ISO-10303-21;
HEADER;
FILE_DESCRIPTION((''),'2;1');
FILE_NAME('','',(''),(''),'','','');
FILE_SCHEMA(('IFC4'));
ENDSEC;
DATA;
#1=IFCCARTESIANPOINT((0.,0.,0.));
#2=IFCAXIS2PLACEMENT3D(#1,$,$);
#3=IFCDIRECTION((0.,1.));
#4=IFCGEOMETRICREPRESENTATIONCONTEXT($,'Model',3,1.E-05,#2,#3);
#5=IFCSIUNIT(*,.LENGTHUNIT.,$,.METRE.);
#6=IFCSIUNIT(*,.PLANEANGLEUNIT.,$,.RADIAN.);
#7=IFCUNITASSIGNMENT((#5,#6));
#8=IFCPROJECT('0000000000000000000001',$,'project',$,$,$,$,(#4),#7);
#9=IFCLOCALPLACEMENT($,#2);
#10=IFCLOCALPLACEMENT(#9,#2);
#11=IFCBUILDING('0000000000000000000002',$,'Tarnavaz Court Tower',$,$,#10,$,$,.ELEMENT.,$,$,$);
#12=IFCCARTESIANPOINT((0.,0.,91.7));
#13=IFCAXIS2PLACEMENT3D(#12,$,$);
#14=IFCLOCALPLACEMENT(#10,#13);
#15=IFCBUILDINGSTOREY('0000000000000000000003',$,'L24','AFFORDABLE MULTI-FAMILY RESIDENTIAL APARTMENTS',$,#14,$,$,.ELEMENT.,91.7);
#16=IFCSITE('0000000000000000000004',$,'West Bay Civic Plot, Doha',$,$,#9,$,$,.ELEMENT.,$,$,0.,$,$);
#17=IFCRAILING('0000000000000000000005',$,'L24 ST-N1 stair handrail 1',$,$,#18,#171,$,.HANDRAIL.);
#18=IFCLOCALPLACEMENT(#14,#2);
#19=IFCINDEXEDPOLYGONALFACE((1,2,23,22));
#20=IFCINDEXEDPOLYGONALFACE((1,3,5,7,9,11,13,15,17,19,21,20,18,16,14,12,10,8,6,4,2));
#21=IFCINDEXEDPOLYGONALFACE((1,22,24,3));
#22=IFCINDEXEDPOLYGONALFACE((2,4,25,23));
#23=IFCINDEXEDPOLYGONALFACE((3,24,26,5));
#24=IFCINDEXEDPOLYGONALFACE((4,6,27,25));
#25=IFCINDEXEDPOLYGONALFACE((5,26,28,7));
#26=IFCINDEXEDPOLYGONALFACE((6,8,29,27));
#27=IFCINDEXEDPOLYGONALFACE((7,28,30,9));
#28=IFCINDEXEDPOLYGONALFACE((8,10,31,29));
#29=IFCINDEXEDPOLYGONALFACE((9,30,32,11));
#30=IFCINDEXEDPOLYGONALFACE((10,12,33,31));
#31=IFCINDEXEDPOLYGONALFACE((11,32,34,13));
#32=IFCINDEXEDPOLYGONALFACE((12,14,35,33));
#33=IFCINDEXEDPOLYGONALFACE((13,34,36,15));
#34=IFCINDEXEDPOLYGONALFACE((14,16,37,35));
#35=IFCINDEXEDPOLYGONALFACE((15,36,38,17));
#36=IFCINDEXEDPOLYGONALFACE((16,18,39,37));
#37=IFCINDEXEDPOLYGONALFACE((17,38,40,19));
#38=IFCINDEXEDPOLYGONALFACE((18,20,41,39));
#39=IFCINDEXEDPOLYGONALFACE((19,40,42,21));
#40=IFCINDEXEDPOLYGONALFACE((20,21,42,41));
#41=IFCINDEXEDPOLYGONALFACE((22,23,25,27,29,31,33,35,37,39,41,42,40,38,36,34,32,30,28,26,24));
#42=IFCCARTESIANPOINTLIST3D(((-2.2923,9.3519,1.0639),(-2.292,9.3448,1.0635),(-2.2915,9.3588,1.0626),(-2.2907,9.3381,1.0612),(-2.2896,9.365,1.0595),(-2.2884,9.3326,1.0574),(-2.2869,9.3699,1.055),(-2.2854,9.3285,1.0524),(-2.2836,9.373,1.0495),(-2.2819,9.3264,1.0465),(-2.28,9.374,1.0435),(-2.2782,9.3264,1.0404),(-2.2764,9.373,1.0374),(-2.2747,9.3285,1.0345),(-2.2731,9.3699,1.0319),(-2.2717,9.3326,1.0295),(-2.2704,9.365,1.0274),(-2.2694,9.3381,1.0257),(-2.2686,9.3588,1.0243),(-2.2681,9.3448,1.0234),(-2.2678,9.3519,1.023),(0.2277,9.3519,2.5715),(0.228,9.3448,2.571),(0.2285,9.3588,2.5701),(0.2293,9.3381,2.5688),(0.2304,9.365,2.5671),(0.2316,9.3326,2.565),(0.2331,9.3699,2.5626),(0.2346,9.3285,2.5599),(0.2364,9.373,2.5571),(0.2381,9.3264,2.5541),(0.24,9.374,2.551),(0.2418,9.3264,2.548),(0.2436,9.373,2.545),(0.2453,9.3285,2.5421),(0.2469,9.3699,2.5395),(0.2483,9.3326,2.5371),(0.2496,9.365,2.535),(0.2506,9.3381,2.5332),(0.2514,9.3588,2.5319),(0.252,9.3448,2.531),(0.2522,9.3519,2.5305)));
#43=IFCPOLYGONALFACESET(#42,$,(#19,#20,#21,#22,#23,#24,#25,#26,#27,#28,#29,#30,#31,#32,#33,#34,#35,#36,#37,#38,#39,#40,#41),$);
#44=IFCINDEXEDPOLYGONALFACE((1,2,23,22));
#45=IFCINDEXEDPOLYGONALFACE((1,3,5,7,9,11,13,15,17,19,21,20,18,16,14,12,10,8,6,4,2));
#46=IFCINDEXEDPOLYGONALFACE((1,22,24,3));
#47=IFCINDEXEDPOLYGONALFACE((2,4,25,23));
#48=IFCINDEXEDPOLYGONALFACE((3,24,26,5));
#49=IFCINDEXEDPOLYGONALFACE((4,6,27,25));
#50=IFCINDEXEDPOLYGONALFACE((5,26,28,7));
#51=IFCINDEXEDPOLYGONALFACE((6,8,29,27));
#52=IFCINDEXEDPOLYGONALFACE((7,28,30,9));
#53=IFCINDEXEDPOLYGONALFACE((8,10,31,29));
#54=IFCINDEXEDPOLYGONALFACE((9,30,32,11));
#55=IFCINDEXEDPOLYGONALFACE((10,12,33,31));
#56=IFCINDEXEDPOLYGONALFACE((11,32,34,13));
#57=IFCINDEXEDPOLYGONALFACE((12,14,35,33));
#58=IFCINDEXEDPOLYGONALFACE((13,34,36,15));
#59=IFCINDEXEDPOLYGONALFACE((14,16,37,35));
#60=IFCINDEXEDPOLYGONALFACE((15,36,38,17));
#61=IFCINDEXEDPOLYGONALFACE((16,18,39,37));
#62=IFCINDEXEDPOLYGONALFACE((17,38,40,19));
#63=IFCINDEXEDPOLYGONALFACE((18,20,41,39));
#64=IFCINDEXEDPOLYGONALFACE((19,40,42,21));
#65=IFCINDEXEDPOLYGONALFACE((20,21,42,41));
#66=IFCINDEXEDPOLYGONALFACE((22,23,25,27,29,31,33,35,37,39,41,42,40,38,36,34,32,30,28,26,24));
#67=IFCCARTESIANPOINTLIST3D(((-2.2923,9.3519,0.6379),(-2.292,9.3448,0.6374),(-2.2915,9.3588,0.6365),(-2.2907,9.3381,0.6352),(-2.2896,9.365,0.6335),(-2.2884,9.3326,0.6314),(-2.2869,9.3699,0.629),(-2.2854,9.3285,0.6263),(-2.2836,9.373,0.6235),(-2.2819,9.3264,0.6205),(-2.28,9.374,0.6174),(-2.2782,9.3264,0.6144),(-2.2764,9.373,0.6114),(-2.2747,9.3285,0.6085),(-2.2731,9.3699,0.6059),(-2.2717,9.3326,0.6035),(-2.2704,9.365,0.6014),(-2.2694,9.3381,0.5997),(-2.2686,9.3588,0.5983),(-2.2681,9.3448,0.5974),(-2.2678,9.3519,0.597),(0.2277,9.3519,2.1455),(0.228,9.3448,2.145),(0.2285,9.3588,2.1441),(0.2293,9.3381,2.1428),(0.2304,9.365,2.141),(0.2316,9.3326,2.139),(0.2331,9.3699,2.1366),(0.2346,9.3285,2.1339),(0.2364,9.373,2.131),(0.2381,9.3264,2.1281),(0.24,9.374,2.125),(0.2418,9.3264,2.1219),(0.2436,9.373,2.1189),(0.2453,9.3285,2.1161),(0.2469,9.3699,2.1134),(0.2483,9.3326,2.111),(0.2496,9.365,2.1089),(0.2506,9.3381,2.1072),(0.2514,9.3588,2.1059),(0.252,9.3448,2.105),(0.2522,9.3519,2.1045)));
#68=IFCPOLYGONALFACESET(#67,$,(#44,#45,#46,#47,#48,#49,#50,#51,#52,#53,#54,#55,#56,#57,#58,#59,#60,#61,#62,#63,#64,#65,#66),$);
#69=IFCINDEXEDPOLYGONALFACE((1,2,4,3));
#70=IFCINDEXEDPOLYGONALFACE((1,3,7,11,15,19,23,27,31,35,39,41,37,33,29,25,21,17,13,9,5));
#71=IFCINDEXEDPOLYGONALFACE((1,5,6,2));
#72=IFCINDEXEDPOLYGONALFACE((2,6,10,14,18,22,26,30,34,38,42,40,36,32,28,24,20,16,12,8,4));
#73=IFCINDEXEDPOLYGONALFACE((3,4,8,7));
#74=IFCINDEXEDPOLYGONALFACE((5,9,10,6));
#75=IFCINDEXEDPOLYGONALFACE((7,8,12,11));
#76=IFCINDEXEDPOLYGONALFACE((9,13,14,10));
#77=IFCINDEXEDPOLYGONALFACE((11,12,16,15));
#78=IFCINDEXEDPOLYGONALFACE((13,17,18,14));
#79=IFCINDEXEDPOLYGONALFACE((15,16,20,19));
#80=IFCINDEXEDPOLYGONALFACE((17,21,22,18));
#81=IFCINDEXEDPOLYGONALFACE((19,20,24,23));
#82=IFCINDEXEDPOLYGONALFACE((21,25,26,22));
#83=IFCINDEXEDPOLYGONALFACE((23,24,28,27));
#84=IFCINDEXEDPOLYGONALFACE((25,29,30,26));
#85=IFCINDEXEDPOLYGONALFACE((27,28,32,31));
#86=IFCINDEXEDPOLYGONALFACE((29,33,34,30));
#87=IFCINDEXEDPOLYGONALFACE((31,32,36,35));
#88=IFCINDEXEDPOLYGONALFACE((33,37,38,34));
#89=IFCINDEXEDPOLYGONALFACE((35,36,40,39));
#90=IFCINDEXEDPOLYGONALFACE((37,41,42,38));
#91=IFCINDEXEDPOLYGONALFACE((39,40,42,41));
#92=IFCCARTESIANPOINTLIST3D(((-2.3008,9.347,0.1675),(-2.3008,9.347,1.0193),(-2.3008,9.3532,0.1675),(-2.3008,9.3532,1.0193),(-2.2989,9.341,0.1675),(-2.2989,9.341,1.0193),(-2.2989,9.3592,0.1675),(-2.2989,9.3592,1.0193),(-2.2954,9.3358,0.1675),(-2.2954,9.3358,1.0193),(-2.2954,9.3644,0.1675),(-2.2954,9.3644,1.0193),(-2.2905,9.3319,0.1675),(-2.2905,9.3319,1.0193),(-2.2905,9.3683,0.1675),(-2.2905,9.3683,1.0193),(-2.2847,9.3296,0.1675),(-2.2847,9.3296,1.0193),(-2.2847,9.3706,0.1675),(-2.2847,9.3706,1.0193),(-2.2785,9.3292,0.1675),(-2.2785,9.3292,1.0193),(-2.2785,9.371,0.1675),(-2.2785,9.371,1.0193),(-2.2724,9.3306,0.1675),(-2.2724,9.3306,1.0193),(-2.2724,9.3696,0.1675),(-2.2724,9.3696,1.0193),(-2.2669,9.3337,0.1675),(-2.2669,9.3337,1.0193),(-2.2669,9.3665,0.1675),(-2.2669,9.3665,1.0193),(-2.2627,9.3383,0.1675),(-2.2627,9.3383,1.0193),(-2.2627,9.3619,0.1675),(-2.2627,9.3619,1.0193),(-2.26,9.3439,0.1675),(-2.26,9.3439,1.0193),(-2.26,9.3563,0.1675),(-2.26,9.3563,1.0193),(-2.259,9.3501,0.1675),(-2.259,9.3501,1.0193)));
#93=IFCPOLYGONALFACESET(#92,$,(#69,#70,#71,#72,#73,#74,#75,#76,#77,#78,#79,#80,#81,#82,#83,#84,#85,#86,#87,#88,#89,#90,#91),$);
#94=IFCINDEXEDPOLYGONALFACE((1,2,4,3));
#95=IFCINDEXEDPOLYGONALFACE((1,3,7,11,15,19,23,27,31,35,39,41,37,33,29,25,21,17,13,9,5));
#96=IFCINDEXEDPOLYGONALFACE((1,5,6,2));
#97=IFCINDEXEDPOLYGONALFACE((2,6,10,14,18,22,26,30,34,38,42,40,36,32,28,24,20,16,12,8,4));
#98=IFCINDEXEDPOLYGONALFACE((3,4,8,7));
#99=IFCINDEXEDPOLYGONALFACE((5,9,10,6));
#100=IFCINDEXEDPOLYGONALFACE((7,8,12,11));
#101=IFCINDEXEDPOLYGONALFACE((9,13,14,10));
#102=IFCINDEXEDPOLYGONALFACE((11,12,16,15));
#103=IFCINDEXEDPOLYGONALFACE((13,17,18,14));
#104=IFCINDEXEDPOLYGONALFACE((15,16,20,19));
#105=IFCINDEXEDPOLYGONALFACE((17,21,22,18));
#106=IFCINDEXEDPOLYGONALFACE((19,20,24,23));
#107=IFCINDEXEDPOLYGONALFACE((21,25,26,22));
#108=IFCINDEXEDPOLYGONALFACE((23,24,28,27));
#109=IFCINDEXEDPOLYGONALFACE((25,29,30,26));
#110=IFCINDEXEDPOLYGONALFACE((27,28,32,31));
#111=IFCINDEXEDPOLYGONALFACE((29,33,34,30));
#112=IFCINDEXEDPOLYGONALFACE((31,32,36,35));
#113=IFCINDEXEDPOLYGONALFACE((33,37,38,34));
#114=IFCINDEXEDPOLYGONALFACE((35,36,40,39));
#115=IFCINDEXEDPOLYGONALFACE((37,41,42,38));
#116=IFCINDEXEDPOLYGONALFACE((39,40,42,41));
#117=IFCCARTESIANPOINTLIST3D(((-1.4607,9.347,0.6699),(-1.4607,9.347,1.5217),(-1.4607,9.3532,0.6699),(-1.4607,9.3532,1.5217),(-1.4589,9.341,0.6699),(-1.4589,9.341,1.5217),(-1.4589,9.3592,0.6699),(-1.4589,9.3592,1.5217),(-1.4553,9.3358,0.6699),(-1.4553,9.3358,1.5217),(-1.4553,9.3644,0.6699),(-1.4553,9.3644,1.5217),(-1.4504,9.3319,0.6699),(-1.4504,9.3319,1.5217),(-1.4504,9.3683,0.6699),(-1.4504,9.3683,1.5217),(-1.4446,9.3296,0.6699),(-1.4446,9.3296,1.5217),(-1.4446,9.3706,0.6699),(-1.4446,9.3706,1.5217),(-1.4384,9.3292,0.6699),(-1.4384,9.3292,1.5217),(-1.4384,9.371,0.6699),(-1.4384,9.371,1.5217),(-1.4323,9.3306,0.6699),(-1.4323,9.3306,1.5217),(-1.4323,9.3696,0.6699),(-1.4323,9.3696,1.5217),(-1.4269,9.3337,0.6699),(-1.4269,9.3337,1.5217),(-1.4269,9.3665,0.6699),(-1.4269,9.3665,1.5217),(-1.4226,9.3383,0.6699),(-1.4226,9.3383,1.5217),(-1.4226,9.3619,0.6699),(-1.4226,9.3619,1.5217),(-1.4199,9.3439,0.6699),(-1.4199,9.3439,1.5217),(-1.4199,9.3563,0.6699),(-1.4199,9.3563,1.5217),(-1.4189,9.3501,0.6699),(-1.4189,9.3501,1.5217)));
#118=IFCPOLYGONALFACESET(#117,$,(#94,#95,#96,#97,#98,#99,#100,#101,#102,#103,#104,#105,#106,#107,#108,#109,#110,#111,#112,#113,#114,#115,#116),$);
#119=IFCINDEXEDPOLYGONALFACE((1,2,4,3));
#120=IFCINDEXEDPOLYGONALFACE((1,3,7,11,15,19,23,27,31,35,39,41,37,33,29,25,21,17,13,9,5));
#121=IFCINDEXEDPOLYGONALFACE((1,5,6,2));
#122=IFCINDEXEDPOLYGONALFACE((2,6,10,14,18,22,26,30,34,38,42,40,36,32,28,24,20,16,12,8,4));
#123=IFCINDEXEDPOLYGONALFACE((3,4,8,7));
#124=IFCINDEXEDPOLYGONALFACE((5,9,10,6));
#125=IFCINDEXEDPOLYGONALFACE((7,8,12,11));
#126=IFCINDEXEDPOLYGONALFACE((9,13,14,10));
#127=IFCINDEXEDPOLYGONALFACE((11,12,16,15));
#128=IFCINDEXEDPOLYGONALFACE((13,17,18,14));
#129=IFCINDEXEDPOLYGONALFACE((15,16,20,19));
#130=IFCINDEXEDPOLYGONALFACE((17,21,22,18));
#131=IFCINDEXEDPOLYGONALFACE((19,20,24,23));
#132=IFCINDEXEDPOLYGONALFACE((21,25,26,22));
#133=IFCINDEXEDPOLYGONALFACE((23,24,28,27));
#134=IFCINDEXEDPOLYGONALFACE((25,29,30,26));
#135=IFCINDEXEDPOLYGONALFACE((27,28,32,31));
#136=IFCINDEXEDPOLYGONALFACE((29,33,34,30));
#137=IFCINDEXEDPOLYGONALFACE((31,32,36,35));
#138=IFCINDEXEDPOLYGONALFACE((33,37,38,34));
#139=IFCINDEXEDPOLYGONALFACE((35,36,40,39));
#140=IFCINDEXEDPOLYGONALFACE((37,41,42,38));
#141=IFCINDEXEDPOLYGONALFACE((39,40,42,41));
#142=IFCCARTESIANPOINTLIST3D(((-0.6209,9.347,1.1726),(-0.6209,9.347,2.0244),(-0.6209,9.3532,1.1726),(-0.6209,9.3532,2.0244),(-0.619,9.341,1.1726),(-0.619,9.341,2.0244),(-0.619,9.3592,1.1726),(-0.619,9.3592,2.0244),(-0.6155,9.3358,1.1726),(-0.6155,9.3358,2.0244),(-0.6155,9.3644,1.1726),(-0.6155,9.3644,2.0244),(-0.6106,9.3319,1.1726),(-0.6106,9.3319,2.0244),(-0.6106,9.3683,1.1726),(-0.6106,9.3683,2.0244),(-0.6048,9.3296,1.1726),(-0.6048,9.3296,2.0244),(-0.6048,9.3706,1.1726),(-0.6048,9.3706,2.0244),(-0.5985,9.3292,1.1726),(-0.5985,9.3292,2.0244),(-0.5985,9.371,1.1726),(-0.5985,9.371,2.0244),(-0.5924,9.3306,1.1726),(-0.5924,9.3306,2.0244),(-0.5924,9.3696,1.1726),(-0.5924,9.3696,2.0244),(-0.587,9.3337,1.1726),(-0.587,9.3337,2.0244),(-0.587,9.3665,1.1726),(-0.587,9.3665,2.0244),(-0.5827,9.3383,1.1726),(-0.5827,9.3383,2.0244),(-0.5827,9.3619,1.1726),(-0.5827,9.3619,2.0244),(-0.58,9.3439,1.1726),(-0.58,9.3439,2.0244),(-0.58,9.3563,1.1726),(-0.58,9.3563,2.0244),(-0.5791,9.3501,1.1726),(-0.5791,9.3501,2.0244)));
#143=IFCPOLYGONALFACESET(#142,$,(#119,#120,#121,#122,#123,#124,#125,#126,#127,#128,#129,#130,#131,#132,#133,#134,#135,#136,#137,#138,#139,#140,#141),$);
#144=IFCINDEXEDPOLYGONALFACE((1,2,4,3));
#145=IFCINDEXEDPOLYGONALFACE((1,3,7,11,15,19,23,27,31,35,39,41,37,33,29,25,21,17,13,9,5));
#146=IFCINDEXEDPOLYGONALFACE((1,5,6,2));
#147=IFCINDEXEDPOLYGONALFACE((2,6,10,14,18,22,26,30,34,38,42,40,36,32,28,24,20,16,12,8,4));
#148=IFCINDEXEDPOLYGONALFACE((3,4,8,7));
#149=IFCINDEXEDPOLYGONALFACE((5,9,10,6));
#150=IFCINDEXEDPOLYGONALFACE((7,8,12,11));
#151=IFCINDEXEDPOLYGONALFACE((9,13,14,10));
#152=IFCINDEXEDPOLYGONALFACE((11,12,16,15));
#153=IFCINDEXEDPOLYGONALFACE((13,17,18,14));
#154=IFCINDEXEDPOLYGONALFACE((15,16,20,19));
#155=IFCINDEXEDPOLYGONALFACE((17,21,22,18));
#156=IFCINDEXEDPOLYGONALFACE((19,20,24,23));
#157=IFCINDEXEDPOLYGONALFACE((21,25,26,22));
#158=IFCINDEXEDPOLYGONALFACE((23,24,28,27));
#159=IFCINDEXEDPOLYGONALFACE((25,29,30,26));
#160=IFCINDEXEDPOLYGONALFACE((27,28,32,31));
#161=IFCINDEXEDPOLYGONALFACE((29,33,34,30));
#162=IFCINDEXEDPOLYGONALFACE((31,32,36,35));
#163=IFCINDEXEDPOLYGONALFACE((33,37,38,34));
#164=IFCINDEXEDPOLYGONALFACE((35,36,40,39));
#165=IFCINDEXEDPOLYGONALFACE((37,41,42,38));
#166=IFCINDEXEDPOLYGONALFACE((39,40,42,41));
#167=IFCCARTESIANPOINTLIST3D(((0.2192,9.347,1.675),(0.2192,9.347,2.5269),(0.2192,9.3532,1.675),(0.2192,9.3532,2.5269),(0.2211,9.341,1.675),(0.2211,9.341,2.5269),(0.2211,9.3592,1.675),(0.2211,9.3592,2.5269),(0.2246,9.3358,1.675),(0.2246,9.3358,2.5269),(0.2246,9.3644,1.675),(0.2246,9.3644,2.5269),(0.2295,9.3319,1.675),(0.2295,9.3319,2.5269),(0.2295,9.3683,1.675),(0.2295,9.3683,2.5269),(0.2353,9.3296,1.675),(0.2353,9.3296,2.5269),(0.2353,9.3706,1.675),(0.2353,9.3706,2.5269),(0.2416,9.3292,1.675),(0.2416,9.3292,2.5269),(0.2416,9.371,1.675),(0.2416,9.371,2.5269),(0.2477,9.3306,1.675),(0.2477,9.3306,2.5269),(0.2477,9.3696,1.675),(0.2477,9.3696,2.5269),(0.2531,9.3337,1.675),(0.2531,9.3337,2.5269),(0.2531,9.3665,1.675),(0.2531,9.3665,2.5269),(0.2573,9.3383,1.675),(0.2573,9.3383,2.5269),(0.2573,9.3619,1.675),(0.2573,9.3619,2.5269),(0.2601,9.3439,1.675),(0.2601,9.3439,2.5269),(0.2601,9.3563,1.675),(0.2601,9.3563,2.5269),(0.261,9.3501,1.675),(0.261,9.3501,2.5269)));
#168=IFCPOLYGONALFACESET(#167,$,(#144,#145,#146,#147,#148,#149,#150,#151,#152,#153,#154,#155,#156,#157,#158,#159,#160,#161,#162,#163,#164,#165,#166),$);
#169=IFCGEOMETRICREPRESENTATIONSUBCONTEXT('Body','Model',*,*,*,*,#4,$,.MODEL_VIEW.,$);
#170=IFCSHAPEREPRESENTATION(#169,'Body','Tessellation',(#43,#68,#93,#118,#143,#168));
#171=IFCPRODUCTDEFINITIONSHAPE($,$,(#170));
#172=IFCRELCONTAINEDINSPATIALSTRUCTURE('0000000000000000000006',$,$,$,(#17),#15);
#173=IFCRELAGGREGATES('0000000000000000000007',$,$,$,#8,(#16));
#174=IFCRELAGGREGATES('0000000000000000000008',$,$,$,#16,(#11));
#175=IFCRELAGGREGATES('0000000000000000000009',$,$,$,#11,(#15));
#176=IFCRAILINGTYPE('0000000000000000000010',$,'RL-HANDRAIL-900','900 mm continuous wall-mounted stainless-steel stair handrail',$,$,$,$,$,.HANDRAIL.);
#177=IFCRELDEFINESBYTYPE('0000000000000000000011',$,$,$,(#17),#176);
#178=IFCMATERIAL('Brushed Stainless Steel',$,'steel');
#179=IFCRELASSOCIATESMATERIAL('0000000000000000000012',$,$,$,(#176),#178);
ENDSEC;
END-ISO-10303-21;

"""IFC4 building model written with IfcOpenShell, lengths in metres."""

from ifc_helpers import new_model, si_unit, direction, frame, origin, origin_2d, place, context, subcontext, project, spatial, circle, extrude, material, type_object, element, save


model = new_model("IFC4")

# Units and contexts
model_context = context("Model", 3, precision=1e-05, world=origin(), true_north=direction((0.0, 1.0)))
body_context = subcontext(model_context, "Body", "Model", "MODEL_VIEW")
ifc_project = project(units=[si_unit("LENGTHUNIT", "METRE"), si_unit("PLANEANGLEUNIT", "RADIAN")], contexts=[model_context])

# Site, building, storey
site_placement = place(None, origin())
site = spatial("IfcSite", under=ifc_project, at=site_placement, Name="West Bay Civic Plot, Doha", CompositionType="ELEMENT", RefElevation=0.0)
building_placement = place(site_placement, origin())
building = spatial("IfcBuilding", under=site, at=building_placement, Name="Tarnavaz Court Tower", CompositionType="ELEMENT")
storey_placement = place(building_placement, frame((0.0, 0.0, 91.7)))
storey = spatial("IfcBuildingStorey", under=building, at=storey_placement, Name="L24", Description="AFFORDABLE MULTI-FAMILY RESIDENTIAL APARTMENTS", CompositionType="ELEMENT", Elevation=91.7)

# Railing
ifc_material_1 = material(Name="Brushed Stainless Steel", Category="steel")
railing_type_1 = type_object("IfcRailingType", Name="RL-HANDRAIL-900", Description="900 mm continuous wall-mounted stainless-steel stair handrail", PredefinedType="HANDRAIL", material=ifc_material_1)
railing_1_placement = place(storey_placement, frame((-2.28, 9.3501, 0.1675)))
element("IfcRailing", 1, at=railing_1_placement, inside=storey, type_object=railing_type_1, Name="L24 ST-N1 stair handrail 1", PredefinedType="HANDRAIL", context=body_context, shape_type="SweptSolid", body=[
    extrude(circle(Radius=0.0239, at=origin_2d()), frame((0.0, 0.0, 0.876), z_axis=(0.85816, 0.0, 0.513383), x_axis=(0.0, 1.0, 0.0)), (0.0, 0.0, 1.0), 2.9365),
    extrude(circle(Radius=0.0239, at=origin_2d()), frame((0.0, 0.0, 0.45), z_axis=(0.85816, 0.0, 0.513383), x_axis=(0.0, 1.0, 0.0)), (0.0, 0.0, 1.0), 2.9365),
    extrude(circle(Radius=0.021, at=origin_2d()), origin(), (0.0, 0.0, 1.0), 0.8518),
    extrude(circle(Radius=0.021, at=origin_2d()), frame((0.8401, 0.0, 0.5024)), (0.0, 0.0, 1.0), 0.8518),
    extrude(circle(Radius=0.021, at=origin_2d()), frame((1.6799, 0.0, 1.0051)), (0.0, 0.0, 1.0), 0.8518),
    extrude(circle(Radius=0.021, at=origin_2d()), frame((2.52, 0.0, 1.5076)), (0.0, 0.0, 1.0), 0.8518),
])

save(model, "model.ifc")
